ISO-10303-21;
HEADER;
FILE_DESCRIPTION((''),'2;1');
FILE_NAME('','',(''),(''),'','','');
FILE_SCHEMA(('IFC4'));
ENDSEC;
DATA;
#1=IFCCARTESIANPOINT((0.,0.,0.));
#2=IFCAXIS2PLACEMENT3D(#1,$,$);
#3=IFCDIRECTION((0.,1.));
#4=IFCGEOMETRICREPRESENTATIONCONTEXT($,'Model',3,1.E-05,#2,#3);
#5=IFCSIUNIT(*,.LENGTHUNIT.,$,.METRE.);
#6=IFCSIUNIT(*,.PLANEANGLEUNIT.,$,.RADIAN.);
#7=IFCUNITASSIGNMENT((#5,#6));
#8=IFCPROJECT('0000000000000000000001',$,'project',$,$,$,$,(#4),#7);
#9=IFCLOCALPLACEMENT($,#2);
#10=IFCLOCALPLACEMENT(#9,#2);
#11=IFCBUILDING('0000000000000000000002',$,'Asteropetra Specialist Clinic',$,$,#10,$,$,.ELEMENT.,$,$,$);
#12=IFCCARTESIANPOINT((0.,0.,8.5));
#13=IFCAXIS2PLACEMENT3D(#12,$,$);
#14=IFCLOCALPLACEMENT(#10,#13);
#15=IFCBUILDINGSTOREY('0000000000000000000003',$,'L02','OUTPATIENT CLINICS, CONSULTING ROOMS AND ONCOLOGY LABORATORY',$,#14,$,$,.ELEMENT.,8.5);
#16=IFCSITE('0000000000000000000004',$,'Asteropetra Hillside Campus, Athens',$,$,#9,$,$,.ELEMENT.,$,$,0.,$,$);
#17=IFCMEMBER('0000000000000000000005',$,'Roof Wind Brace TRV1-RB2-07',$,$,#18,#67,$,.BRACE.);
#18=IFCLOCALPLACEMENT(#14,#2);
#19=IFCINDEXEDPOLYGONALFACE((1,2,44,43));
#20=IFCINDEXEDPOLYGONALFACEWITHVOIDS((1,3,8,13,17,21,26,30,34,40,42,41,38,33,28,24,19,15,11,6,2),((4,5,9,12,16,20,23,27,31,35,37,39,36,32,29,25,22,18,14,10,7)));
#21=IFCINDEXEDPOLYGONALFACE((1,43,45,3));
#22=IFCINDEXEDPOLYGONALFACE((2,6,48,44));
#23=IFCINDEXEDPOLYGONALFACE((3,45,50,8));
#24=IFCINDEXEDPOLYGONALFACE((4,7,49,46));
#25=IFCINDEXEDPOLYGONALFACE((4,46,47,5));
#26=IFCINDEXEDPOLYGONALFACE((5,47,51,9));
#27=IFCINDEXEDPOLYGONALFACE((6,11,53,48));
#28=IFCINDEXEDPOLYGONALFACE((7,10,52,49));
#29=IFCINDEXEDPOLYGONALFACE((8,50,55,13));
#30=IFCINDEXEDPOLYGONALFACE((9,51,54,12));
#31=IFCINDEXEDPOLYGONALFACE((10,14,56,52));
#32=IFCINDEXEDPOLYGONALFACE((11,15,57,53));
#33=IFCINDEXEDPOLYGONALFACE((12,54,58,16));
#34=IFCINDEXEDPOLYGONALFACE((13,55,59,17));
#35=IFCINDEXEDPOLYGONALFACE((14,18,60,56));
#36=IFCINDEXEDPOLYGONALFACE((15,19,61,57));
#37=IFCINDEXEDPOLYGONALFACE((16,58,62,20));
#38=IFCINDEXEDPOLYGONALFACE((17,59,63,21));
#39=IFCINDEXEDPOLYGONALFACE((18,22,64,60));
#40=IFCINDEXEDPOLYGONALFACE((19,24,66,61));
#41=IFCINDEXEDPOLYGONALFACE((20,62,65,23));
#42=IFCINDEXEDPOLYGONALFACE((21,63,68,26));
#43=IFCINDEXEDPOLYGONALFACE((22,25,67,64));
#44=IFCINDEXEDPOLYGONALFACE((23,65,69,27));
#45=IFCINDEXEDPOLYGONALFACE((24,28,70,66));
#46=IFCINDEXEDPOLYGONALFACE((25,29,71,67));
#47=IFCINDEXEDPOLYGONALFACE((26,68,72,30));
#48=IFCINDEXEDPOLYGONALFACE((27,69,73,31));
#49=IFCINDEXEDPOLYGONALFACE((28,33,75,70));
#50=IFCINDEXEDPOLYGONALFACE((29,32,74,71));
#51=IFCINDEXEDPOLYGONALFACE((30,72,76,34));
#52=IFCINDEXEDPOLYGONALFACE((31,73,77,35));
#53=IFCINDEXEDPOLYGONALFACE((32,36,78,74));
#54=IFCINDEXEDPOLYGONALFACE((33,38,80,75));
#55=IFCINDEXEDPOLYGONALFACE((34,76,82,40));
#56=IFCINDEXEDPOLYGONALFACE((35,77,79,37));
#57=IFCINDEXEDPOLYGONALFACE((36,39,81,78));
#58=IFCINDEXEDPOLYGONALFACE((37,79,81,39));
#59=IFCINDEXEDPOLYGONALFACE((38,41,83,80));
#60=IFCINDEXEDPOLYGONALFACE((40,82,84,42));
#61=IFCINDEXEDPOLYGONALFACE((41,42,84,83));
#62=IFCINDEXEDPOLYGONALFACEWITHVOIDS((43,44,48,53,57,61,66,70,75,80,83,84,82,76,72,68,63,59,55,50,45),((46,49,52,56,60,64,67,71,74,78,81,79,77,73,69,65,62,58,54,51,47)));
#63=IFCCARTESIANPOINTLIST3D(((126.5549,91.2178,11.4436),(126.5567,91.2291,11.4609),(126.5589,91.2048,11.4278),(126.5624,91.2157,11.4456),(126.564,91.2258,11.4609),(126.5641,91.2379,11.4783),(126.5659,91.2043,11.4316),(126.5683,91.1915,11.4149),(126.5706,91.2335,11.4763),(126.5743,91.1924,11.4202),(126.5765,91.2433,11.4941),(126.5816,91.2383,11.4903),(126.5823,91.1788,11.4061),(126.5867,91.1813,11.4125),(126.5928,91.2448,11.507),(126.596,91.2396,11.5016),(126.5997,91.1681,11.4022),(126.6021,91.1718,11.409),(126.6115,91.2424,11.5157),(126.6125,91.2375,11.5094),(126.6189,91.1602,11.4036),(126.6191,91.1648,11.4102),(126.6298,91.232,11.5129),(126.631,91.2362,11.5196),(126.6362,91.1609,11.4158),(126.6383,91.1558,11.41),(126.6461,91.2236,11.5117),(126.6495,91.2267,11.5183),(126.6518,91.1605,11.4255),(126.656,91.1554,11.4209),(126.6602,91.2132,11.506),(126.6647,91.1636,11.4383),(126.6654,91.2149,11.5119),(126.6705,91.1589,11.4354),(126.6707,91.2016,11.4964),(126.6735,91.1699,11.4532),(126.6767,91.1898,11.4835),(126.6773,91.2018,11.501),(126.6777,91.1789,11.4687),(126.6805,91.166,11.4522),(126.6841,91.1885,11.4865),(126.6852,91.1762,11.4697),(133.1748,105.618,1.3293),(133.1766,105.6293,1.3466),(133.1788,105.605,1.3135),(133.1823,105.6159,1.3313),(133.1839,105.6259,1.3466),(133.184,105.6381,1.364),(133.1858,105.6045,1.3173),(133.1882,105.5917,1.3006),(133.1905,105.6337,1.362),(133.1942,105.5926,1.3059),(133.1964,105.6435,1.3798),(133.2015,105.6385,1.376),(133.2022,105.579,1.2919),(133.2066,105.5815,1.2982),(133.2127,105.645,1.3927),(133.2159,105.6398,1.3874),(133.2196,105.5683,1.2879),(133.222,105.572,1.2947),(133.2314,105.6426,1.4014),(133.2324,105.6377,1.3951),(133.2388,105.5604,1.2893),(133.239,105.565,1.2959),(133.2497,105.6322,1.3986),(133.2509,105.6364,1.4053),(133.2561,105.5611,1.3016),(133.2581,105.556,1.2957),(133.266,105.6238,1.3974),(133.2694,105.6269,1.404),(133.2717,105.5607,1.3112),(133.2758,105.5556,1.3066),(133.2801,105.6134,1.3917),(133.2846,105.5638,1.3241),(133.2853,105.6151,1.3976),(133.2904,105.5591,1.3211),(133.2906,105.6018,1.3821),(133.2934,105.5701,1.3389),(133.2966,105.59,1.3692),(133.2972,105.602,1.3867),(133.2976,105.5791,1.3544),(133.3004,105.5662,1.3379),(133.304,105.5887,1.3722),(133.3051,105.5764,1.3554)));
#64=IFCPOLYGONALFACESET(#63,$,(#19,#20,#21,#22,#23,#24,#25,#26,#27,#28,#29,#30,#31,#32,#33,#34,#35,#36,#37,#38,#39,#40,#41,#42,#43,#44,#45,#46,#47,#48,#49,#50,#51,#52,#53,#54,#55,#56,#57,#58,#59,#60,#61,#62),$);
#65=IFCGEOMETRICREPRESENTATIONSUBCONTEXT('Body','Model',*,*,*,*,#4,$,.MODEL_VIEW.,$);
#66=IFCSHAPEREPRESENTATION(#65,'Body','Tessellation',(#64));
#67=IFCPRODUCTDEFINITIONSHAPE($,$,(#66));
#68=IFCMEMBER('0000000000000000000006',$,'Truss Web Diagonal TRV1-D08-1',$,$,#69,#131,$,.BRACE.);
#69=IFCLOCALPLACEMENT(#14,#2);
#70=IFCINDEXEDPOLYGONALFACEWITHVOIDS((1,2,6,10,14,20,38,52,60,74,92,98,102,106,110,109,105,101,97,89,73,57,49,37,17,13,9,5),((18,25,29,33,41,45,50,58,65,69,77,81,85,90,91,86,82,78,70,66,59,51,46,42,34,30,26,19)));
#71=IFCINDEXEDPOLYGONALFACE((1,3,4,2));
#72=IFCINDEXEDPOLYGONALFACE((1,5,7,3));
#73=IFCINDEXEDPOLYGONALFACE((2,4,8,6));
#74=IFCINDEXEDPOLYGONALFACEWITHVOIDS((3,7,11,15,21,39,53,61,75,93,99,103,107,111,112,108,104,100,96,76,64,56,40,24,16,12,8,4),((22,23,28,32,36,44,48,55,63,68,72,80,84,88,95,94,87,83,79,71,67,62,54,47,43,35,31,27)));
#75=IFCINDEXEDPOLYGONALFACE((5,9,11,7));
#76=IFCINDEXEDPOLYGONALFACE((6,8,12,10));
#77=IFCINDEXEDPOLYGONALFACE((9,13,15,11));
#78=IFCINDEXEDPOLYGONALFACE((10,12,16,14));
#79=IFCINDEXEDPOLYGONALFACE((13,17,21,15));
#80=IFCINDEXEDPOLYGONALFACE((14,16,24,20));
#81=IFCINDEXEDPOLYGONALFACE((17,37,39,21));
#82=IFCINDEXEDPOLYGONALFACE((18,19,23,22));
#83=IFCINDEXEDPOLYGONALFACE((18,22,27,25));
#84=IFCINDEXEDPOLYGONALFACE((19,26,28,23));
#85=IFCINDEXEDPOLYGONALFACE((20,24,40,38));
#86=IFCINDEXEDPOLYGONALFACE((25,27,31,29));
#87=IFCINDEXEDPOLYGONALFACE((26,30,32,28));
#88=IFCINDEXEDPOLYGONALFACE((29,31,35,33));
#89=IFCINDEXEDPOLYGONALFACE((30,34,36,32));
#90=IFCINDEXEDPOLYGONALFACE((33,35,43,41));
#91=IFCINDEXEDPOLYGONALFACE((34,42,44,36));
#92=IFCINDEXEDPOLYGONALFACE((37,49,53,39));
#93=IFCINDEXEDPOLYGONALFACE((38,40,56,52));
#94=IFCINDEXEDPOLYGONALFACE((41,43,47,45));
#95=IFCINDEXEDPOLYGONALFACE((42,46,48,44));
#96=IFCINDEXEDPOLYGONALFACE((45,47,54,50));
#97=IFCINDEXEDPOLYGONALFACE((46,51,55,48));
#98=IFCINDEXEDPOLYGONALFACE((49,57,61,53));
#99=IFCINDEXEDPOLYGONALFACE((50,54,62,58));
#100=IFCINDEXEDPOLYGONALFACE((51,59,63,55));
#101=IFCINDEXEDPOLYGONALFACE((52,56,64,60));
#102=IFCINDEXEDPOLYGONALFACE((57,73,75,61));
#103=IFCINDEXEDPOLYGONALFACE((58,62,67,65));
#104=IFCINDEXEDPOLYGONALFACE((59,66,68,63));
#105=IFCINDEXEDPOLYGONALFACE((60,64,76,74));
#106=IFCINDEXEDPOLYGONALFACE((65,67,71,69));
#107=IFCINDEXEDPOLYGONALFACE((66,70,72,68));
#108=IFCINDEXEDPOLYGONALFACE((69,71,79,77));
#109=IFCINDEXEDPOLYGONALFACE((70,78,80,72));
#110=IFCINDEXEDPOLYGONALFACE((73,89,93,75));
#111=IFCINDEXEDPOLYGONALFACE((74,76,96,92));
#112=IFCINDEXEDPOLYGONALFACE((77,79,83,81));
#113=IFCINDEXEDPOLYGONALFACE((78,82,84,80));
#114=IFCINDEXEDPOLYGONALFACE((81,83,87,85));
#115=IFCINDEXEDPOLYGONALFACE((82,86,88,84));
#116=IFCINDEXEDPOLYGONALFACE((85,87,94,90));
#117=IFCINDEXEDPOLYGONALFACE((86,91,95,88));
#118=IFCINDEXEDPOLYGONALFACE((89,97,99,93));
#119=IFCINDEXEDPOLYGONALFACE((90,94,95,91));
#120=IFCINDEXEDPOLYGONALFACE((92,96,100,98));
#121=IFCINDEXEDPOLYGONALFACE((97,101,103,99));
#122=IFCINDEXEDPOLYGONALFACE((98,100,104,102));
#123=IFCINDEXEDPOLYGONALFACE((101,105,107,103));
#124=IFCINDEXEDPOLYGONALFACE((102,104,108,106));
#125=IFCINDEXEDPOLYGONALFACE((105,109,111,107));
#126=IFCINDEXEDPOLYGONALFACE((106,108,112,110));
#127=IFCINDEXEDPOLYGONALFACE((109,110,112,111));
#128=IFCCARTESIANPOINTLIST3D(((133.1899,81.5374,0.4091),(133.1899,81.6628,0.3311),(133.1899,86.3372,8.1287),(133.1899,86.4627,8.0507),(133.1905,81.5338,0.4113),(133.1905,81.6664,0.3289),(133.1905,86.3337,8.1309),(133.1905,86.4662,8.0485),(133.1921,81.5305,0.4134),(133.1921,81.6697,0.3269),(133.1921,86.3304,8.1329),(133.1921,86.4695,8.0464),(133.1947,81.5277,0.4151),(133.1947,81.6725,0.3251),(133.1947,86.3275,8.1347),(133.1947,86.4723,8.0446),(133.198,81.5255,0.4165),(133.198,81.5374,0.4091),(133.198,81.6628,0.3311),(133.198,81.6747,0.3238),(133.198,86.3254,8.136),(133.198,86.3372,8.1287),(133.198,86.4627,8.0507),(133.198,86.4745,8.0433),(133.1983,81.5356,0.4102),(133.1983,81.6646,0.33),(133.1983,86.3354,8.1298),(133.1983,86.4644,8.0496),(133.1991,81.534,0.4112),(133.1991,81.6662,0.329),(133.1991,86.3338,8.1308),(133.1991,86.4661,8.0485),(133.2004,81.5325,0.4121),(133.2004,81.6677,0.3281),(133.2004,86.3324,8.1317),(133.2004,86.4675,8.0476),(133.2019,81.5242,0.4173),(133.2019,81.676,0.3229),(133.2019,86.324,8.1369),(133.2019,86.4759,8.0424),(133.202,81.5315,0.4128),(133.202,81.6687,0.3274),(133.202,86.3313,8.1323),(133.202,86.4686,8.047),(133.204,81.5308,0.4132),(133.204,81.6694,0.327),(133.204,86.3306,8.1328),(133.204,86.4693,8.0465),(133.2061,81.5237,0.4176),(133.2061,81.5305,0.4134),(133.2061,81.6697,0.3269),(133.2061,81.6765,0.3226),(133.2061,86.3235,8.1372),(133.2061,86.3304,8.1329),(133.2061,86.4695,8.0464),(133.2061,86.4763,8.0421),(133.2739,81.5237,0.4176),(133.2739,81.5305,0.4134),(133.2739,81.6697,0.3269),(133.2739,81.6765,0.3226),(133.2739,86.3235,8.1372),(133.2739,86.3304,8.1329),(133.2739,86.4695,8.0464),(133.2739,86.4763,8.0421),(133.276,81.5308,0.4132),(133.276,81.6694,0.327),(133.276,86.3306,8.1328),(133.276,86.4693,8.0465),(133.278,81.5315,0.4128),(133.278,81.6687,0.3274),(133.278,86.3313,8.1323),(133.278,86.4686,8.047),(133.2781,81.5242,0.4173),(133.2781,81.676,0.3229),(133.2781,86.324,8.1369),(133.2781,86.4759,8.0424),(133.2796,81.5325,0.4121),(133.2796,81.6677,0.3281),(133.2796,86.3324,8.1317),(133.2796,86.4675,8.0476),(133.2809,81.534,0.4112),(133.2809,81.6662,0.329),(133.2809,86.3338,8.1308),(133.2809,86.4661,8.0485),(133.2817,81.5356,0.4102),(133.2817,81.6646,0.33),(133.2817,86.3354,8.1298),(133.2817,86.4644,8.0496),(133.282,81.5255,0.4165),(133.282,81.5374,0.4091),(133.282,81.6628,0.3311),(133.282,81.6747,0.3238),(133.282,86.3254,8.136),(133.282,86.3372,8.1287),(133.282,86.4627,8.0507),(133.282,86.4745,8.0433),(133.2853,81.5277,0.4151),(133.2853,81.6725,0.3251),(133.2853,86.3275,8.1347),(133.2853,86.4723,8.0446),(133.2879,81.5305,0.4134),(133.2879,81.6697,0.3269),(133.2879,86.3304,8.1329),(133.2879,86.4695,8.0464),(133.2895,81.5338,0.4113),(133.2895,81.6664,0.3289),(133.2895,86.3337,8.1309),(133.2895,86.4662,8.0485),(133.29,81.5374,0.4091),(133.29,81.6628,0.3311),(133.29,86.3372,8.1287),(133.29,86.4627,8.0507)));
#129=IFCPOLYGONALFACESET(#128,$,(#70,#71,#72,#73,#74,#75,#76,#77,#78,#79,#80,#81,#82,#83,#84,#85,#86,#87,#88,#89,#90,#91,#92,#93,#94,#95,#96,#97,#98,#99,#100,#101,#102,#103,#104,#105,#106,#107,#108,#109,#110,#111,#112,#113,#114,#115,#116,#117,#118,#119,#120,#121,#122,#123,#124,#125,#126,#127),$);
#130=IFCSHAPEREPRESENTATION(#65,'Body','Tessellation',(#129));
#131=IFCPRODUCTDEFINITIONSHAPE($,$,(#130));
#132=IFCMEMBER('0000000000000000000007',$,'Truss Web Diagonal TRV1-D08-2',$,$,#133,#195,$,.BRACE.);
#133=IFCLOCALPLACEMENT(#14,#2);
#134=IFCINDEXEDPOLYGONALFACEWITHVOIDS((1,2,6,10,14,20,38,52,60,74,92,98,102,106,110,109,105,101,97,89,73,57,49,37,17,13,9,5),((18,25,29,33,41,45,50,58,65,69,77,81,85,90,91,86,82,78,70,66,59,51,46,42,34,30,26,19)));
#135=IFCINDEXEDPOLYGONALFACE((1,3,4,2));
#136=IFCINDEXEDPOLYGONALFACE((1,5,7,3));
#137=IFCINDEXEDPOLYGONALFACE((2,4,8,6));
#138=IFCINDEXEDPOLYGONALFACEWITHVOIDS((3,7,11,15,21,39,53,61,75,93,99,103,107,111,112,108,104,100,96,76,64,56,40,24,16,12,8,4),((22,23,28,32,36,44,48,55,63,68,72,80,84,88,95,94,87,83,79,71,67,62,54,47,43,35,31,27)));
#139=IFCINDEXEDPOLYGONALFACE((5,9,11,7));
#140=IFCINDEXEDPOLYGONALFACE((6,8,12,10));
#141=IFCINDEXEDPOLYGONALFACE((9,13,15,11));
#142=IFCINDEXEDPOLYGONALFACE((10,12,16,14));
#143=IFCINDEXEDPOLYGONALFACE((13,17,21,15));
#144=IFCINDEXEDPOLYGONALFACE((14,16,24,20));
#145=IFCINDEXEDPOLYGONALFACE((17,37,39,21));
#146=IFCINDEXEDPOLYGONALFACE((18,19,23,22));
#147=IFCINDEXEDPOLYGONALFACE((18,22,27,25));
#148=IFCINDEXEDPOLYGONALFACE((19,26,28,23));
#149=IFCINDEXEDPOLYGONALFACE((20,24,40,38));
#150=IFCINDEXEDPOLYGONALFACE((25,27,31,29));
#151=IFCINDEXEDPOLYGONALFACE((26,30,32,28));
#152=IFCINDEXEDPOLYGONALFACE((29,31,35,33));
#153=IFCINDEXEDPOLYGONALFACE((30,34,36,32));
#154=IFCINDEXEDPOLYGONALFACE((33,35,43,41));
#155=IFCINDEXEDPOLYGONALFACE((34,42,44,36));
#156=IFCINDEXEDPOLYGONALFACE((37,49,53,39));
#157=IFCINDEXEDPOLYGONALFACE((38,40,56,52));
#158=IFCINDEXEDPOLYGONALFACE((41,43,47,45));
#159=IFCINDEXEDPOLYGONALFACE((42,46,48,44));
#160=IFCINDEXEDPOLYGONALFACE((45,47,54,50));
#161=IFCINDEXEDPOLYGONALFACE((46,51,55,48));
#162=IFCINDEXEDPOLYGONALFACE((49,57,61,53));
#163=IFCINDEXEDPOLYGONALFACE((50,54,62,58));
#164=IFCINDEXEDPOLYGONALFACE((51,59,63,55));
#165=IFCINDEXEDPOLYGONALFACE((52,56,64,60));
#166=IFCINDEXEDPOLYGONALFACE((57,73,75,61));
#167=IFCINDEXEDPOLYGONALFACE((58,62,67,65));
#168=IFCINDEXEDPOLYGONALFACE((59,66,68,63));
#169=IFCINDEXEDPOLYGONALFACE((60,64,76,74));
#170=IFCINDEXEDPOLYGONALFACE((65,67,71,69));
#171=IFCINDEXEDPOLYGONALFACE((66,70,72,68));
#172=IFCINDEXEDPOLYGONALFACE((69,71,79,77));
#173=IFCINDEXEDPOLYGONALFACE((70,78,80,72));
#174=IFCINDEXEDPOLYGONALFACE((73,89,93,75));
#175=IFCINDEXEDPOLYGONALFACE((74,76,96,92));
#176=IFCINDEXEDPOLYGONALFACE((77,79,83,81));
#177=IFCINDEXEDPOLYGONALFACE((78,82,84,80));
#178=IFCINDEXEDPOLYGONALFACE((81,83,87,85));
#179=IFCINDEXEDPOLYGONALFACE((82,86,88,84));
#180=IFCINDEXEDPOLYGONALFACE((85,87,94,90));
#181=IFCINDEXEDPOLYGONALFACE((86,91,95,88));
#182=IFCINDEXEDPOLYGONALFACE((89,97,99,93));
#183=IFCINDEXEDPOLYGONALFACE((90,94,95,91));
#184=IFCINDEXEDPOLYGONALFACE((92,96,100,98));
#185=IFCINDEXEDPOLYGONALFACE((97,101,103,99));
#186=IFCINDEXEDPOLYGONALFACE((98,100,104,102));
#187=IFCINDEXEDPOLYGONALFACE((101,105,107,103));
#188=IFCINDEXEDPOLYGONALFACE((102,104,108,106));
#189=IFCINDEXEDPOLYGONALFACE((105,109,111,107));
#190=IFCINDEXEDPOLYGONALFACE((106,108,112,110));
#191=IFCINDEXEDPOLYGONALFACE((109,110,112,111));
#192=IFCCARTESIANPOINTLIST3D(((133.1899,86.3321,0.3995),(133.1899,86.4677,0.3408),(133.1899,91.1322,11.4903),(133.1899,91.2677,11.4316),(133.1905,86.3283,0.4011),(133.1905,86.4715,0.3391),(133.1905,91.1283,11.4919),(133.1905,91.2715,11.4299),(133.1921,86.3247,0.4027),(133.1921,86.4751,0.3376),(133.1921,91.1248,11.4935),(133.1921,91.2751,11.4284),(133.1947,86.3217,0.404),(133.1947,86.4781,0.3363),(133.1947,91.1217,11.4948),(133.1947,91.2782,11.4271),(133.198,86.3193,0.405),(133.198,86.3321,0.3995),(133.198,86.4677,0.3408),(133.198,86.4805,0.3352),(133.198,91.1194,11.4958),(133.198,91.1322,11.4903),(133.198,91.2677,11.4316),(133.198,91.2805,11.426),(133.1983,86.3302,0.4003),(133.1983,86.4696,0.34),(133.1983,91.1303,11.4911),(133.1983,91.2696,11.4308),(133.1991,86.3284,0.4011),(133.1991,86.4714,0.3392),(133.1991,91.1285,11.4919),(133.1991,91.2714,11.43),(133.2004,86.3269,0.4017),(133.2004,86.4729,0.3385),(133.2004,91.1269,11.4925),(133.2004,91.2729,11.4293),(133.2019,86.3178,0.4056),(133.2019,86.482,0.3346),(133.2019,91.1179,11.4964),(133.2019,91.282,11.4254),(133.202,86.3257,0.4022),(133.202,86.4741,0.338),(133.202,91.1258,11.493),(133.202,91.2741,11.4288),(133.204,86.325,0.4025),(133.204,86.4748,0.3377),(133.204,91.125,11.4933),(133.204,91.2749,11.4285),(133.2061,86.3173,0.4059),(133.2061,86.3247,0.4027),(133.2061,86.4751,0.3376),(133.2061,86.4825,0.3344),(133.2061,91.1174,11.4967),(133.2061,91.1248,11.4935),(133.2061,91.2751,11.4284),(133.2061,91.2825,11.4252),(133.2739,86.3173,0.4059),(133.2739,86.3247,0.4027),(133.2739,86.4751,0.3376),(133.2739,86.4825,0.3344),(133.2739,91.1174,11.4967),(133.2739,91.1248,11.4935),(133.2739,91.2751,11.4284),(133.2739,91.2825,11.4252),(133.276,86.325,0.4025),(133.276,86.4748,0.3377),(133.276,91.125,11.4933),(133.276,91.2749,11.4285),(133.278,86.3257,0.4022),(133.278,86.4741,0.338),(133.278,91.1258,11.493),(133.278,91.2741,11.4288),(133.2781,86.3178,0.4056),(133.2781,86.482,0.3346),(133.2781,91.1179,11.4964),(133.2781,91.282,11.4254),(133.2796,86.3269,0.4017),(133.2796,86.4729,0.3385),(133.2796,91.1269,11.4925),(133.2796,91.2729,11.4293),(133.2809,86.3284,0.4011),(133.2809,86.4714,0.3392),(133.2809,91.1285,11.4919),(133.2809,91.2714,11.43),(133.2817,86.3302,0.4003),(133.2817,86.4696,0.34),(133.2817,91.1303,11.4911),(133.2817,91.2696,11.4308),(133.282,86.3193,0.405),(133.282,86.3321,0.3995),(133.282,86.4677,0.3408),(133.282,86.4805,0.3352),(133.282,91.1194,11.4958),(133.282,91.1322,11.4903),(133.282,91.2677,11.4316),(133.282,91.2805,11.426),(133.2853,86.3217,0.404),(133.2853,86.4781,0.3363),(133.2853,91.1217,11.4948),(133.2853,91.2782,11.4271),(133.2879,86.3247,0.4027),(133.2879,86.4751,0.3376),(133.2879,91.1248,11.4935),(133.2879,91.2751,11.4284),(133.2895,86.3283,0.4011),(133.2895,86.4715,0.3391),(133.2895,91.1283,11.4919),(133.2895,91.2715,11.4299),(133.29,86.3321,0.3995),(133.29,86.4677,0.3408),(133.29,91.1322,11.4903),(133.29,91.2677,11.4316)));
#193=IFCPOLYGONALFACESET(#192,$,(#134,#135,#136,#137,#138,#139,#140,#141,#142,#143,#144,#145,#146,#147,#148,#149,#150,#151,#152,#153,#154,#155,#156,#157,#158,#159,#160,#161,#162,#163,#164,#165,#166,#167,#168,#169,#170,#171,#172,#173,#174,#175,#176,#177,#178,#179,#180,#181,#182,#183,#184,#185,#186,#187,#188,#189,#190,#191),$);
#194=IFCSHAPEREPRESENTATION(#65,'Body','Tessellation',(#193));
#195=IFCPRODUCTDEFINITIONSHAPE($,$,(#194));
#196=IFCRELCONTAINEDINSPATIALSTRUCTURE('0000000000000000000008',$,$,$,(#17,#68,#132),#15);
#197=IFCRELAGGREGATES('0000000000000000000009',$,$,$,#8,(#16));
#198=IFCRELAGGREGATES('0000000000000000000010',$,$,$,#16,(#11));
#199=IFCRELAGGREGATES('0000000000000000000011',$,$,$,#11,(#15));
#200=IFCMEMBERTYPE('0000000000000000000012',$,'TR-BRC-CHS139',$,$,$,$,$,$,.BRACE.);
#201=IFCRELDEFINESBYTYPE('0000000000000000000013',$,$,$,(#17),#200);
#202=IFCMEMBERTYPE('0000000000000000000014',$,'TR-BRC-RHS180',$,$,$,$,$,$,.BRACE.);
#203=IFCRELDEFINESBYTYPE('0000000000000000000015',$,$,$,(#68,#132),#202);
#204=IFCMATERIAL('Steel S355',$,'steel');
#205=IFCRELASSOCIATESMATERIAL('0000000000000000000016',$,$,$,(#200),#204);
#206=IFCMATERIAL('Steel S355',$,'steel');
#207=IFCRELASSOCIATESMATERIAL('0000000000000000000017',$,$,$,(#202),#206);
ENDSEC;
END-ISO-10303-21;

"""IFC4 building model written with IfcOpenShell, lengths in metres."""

from ifc_helpers import new_model, si_unit, direction, frame, origin, origin_2d, place, context, subcontext, project, spatial, hollow_rectangle, hollow_circle, extrude, material, material_profile, profile_set, type_object, element, save


model = new_model("IFC4")

# Units and contexts
model_context = context("Model", 3, precision=1e-05, world=origin(), true_north=direction((0.0, 1.0)))
body_context = subcontext(model_context, "Body", "Model", "MODEL_VIEW")
ifc_project = project(units=[si_unit("LENGTHUNIT", "METRE"), si_unit("PLANEANGLEUNIT", "RADIAN")], contexts=[model_context])

# Site, building, storey
site_placement = place(None, origin())
site = spatial("IfcSite", under=ifc_project, at=site_placement, Name="Asteropetra Hillside Campus, Athens", CompositionType="ELEMENT", RefElevation=0.0)
building_placement = place(site_placement, origin())
building = spatial("IfcBuilding", under=site, at=building_placement, Name="Asteropetra Specialist Clinic", CompositionType="ELEMENT")
storey_placement = place(building_placement, frame((0.0, 0.0, 8.5)))
storey = spatial("IfcBuildingStorey", under=building, at=storey_placement, Name="L02", Description="OUTPATIENT CLINICS, CONSULTING ROOMS AND ONCOLOGY LABORATORY", CompositionType="ELEMENT", Elevation=8.5)

# Members
ifc_material_1 = material(Name="Steel S355", Category="steel")
ifc_material_profile_1 = material_profile(ifc_material_1, hollow_circle(Radius=0.0698, WallThickness=0.0081, at=origin_2d()), Name="CHS 139.7x8.0")
ifc_profile_set_1 = profile_set([ifc_material_profile_1], Name="Steel S355")
member_type_1 = type_object("IfcMemberType", Name="TR-BRC-CHS139", PredefinedType="BRACE", material=ifc_profile_set_1)
member_1_placement = place(storey_placement, frame((126.6201, 91.2, 11.4609), z_axis=(0.352098, 0.765916, -0.537958), x_axis=(-0.908591, 0.417687, 0.0)))
element("IfcMember", 1, at=member_1_placement, inside=storey, type_object=member_type_1, Name="Roof Wind Brace TRV1-RB2-07", PredefinedType="BRACE", context=body_context, shape_type="SweptSolid", body=[
    extrude(hollow_circle(Radius=0.0698, WallThickness=0.0081, at=origin_2d()), origin(), (0.0, 0.0, 1.0), 18.8013),
])
ifc_material_2 = material(Name="Steel S355", Category="steel")
ifc_material_profile_2 = material_profile(ifc_material_2, hollow_rectangle(XDim=0.1001, YDim=0.1799, WallThickness=0.0081, InnerFilletRadius=0.0081, OuterFilletRadius=0.0161, at=origin_2d()), Name="RHS 180x100x8.0")
ifc_profile_set_2 = profile_set([ifc_material_profile_2], Name="Steel S355")
member_type_2 = type_object("IfcMemberType", Name="TR-BRC-RHS180", PredefinedType="BRACE", material=ifc_profile_set_2)
member_2_placement = place(storey_placement, frame((133.24, 81.6001, 0.3701), z_axis=(0.0, 0.52803, 0.849226), x_axis=(-1.0, 0.0, 0.0)))
element("IfcMember", 2, at=member_2_placement, inside=storey, type_object=member_type_2, Name="Truss Web Diagonal TRV1-D08-1", PredefinedType="BRACE", context=body_context, shape_type="SweptSolid", body=[
    extrude(hollow_rectangle(XDim=0.1001, YDim=0.1799, WallThickness=0.0081, InnerFilletRadius=0.0081, OuterFilletRadius=0.0161, at=origin_2d()), origin(), (0.0, 0.0, 1.0), 9.0901),
])
member_3_placement = place(storey_placement, frame((133.24, 86.3999, 0.3701), z_axis=(0.0, 0.397191, 0.917736), x_axis=(-1.0, 0.0, 0.0)))
element("IfcMember", 3, at=member_3_placement, inside=storey, type_object=member_type_2, Name="Truss Web Diagonal TRV1-D08-2", PredefinedType="BRACE", context=body_context, shape_type="SweptSolid", body=[
    extrude(hollow_rectangle(XDim=0.1001, YDim=0.1799, WallThickness=0.0081, InnerFilletRadius=0.0081, OuterFilletRadius=0.0161, at=origin_2d()), origin(), (0.0, 0.0, 1.0), 12.085),
])

save(model, "model.ifc")
